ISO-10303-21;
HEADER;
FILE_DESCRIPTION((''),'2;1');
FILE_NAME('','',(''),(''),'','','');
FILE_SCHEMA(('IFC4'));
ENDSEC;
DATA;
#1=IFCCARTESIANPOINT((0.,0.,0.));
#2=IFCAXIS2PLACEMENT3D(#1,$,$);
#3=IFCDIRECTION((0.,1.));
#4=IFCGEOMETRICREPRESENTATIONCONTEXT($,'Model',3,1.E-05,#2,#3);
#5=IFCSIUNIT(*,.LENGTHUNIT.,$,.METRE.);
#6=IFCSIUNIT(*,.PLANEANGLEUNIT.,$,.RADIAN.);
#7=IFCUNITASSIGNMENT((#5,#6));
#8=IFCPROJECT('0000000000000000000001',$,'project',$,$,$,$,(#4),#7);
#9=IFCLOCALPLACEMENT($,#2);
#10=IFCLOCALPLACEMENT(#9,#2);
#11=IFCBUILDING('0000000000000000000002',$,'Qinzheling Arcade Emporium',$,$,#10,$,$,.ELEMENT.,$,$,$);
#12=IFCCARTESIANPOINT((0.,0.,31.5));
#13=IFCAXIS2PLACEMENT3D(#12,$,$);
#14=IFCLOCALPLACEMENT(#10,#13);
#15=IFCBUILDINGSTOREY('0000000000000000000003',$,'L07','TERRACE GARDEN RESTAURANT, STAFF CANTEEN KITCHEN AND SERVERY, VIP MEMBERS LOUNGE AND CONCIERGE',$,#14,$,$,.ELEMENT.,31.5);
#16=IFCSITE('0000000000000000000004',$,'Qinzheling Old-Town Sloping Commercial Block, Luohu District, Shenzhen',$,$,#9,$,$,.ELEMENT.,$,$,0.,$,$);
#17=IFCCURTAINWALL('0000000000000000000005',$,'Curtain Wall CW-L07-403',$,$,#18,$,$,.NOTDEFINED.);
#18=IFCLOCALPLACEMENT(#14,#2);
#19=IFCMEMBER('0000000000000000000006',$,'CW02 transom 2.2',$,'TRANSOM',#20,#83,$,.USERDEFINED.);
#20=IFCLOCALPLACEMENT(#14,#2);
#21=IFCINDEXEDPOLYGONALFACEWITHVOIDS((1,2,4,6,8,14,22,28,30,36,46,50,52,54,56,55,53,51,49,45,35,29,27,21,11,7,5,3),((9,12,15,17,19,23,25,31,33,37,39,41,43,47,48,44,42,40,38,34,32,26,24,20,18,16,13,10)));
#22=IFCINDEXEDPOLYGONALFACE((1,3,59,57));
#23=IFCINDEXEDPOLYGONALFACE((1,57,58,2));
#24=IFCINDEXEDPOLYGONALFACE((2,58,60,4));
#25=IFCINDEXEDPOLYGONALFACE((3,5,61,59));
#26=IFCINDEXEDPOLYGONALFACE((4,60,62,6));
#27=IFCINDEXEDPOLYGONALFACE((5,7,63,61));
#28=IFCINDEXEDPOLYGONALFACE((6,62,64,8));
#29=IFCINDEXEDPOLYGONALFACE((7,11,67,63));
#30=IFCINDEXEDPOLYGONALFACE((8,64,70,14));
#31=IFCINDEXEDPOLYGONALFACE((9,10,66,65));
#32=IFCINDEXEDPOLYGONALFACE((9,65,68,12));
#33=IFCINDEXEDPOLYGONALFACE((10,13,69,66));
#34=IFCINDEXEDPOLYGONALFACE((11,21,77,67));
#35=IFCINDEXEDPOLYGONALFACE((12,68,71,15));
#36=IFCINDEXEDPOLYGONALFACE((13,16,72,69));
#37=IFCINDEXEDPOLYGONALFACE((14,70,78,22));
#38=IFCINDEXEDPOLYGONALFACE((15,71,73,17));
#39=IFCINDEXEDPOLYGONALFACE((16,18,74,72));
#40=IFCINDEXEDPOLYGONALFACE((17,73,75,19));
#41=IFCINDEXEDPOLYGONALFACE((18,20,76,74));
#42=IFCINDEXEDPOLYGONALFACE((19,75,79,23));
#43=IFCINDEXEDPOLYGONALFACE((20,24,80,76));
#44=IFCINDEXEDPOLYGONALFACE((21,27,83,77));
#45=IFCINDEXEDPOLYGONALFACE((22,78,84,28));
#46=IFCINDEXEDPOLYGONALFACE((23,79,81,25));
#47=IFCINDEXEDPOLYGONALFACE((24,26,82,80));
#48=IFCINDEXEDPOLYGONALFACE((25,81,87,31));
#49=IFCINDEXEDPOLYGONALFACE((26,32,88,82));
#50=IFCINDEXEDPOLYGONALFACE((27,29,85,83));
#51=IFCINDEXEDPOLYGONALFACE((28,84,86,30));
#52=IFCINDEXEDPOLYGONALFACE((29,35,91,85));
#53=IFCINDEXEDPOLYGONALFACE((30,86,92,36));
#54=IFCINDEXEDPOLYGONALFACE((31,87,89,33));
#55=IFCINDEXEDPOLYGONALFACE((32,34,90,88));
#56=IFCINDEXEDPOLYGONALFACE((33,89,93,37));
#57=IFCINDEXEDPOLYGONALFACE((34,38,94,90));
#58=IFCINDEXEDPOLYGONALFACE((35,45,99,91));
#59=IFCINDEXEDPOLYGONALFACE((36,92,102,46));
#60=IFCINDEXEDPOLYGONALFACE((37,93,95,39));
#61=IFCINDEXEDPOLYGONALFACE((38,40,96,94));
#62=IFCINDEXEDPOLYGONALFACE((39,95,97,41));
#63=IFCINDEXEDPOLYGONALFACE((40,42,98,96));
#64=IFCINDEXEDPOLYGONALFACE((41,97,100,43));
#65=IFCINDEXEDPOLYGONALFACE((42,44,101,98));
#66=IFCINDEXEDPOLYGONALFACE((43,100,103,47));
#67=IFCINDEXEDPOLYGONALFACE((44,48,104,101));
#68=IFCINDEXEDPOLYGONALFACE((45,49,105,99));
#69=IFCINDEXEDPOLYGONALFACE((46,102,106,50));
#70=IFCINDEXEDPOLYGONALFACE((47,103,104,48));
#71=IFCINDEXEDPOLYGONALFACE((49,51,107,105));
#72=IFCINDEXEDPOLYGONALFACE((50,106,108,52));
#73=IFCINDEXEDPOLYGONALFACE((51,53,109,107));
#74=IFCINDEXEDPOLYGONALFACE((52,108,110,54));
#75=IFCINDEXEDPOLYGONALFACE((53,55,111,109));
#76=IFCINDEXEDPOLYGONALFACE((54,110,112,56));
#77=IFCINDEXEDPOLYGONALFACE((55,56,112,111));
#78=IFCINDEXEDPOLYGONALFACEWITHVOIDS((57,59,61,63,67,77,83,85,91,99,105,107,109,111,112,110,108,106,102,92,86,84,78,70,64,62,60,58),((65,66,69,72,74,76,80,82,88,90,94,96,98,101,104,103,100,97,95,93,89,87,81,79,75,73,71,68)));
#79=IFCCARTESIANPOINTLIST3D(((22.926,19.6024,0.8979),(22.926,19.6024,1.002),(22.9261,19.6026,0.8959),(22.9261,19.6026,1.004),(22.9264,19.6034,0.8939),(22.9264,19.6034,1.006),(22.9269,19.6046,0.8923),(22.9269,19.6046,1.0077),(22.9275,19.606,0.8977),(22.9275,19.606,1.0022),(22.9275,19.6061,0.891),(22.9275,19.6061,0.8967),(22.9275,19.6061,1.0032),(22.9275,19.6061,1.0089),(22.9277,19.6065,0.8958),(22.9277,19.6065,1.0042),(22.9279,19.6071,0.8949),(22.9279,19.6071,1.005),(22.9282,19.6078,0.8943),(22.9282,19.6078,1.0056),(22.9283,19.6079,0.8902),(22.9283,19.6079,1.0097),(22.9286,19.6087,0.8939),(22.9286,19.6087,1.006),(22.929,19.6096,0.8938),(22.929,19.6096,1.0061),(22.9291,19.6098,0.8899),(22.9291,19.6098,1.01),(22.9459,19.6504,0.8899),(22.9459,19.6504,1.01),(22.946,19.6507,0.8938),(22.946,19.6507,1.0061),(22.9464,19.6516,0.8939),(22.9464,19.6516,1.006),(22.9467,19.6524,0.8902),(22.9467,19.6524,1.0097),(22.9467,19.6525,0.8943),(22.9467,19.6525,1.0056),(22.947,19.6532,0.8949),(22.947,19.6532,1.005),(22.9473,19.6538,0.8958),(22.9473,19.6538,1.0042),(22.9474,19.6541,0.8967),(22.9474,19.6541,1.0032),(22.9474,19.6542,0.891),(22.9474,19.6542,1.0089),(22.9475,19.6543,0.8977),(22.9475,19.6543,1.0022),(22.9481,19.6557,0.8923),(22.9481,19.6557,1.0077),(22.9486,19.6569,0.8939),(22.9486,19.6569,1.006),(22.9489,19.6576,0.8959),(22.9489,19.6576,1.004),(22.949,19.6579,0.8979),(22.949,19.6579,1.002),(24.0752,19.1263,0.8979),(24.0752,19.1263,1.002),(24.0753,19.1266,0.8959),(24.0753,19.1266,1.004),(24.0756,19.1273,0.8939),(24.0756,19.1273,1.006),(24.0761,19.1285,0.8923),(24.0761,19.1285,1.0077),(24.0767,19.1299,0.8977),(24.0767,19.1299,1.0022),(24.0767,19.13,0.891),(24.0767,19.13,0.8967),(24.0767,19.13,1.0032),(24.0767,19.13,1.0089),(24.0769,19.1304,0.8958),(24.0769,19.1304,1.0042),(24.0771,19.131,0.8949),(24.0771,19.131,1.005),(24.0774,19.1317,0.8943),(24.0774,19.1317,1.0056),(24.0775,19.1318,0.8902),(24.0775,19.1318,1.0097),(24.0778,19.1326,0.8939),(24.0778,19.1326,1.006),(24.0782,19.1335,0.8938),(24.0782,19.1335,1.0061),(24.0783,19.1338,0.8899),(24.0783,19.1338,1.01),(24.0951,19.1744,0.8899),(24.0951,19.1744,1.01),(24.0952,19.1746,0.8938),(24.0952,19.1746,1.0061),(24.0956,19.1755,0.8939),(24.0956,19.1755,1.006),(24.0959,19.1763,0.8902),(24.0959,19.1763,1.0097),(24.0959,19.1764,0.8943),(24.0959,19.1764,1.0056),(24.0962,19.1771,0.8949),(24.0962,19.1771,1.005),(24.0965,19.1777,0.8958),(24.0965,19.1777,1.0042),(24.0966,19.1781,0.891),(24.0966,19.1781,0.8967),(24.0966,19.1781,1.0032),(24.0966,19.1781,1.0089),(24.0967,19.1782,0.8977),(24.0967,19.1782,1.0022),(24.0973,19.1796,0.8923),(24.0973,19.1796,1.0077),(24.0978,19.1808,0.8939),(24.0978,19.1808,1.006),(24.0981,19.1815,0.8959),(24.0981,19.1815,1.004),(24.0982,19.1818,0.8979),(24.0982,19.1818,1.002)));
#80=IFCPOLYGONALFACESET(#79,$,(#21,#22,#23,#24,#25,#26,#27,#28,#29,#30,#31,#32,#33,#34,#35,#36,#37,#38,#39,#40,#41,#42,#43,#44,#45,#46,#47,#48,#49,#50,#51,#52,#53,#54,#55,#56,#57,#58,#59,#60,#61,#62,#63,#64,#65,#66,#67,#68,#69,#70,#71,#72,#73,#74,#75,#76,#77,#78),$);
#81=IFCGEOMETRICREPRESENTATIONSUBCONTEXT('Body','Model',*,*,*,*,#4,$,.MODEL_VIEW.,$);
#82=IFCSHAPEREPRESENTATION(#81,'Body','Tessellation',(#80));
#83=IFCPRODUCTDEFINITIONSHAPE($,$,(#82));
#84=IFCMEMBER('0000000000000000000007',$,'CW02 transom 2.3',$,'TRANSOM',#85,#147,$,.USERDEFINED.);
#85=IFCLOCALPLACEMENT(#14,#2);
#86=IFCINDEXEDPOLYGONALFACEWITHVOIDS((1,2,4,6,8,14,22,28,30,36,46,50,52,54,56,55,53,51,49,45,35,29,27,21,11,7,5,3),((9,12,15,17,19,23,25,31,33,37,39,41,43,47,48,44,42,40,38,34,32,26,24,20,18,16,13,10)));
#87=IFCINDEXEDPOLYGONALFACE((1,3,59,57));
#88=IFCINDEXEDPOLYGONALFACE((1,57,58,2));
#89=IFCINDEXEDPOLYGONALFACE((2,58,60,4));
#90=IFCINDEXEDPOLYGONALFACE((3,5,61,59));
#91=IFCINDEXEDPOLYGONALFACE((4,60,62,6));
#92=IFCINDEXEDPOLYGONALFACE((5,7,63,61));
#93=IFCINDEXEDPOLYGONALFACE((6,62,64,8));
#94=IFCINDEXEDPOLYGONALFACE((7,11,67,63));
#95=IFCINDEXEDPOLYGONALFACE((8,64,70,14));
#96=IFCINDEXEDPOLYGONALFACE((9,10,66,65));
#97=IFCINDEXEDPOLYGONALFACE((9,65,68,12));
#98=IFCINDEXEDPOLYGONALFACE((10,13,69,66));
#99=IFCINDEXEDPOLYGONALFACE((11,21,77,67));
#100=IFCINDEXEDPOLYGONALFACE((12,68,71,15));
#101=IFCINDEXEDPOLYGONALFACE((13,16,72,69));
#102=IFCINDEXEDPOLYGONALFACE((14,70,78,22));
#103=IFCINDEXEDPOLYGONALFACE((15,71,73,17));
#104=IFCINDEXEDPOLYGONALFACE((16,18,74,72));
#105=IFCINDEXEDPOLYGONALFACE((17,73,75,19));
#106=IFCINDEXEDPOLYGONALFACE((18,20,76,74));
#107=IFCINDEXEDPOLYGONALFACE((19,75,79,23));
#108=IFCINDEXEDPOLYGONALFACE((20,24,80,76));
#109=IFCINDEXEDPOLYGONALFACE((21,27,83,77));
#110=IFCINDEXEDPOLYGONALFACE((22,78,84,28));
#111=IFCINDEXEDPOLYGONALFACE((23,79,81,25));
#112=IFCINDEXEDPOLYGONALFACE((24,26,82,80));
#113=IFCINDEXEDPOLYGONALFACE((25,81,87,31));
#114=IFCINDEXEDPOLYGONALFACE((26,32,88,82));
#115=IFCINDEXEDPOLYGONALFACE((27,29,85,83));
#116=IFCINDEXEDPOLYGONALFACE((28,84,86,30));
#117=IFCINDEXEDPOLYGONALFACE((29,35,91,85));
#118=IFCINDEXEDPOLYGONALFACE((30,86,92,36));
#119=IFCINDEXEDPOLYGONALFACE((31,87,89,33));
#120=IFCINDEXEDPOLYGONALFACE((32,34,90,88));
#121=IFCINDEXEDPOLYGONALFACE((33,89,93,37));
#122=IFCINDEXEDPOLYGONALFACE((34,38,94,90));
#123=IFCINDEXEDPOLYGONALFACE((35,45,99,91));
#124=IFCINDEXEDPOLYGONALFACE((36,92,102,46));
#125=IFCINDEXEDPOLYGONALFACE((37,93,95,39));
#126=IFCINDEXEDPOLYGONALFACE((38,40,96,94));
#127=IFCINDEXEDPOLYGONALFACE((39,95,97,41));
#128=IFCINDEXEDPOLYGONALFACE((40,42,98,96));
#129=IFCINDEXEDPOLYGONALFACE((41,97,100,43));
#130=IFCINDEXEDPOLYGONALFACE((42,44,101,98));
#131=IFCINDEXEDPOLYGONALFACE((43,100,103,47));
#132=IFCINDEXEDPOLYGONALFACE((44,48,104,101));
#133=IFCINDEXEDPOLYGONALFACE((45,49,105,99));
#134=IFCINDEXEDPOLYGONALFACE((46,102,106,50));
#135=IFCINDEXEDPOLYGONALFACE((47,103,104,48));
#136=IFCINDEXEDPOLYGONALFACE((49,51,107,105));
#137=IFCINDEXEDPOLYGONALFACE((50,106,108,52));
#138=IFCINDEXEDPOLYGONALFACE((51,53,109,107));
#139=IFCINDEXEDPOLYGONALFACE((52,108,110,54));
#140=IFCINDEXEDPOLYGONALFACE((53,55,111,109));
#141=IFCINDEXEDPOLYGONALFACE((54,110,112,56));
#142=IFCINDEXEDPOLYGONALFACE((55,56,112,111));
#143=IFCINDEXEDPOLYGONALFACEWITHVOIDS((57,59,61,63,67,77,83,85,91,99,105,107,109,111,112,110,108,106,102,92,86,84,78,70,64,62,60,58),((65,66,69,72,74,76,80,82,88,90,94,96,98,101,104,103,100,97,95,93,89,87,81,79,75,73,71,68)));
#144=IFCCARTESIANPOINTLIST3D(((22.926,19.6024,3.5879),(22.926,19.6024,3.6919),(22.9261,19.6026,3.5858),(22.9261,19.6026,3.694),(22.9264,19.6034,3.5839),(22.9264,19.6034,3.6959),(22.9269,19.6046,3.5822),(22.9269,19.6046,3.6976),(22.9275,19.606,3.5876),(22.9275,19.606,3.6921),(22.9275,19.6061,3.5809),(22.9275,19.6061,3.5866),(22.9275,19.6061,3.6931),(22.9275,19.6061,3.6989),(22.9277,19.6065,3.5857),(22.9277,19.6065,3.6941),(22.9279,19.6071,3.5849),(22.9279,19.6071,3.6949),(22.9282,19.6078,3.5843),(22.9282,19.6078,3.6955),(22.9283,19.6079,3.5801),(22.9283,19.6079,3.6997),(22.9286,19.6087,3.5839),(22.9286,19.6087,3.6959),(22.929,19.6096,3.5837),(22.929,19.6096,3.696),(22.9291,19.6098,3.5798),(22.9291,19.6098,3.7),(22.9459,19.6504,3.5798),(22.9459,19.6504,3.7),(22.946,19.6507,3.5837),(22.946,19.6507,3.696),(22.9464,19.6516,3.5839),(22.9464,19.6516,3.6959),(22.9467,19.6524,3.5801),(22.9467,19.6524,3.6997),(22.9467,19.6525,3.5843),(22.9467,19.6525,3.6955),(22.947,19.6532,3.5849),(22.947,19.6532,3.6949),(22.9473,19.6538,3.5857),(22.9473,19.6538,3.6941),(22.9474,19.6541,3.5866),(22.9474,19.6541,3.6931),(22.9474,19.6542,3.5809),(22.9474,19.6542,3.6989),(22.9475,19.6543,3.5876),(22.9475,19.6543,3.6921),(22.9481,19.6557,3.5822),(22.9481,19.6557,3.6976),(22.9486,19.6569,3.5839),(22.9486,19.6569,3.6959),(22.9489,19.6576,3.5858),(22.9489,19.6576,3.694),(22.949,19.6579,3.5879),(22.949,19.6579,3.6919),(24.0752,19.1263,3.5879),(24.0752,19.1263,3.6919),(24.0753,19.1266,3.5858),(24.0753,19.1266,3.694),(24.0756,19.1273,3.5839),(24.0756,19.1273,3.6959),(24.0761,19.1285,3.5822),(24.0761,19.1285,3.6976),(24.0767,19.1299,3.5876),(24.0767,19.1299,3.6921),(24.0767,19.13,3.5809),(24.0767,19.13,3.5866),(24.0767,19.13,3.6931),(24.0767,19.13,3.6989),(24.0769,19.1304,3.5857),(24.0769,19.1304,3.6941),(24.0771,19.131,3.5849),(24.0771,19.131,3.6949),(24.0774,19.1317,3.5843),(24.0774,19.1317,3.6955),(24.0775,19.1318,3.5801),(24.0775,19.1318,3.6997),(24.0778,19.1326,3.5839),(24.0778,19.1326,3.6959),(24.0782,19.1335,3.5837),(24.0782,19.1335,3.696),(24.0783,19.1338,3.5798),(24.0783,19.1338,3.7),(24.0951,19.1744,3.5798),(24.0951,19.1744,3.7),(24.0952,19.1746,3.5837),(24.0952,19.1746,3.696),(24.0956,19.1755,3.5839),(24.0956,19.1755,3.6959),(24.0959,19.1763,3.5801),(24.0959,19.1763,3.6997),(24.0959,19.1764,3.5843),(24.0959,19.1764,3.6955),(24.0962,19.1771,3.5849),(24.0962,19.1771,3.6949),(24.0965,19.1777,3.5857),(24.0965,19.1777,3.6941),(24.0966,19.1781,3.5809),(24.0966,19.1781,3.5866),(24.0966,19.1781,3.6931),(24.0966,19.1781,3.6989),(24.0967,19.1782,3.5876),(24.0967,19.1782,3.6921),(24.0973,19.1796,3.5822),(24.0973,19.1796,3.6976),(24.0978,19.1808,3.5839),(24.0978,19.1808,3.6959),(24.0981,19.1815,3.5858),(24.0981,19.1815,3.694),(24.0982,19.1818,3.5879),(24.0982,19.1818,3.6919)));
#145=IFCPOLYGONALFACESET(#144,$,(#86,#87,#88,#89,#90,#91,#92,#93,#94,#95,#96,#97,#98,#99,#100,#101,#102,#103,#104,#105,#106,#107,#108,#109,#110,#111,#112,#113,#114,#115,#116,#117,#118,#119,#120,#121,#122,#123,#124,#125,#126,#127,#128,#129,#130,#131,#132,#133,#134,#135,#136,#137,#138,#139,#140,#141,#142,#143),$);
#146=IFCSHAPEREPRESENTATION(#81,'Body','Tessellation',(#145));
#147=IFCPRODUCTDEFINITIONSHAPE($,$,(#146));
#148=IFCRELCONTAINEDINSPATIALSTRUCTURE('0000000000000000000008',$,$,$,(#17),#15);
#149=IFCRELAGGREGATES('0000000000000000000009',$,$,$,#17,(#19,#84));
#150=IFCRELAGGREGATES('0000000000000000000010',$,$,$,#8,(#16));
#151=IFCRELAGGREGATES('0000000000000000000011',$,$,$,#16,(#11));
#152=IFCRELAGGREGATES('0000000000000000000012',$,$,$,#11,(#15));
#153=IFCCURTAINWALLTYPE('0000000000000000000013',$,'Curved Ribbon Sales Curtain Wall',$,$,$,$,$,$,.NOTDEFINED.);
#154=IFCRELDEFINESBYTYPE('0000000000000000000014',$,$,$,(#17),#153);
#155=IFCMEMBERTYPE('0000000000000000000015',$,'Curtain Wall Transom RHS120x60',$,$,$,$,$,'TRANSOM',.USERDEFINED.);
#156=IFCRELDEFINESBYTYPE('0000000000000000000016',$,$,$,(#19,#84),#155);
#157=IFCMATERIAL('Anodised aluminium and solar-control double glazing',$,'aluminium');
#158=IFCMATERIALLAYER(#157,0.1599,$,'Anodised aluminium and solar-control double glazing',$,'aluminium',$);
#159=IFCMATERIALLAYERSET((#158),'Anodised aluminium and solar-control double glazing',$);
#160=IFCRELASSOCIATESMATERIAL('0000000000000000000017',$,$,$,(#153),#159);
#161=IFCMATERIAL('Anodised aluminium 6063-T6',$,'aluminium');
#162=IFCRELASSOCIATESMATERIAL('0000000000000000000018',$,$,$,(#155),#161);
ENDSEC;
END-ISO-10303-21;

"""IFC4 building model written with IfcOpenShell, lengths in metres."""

from ifc_helpers import new_model, si_unit, direction, frame, origin, origin_2d, place, context, subcontext, project, spatial, hollow_rectangle, extrude, material, layer, layer_set, material_profile, profile_set, type_object, element, aggregate, save


model = new_model("IFC4")

# Units and contexts
model_context = context("Model", 3, precision=1e-05, world=origin(), true_north=direction((0.0, 1.0)))
body_context = subcontext(model_context, "Body", "Model", "MODEL_VIEW")
ifc_project = project(units=[si_unit("LENGTHUNIT", "METRE"), si_unit("PLANEANGLEUNIT", "RADIAN")], contexts=[model_context])

# Site, building, storey
site_placement = place(None, origin())
site = spatial("IfcSite", under=ifc_project, at=site_placement, Name="Qinzheling Old-Town Sloping Commercial Block, Luohu District, Shenzhen", CompositionType="ELEMENT", RefElevation=0.0)
building_placement = place(site_placement, origin())
building = spatial("IfcBuilding", under=site, at=building_placement, Name="Qinzheling Arcade Emporium", CompositionType="ELEMENT")
storey_placement = place(building_placement, frame((0.0, 0.0, 31.5)))
storey = spatial("IfcBuildingStorey", under=building, at=storey_placement, Name="L07", Description="TERRACE GARDEN RESTAURANT, STAFF CANTEEN KITCHEN AND SERVERY, VIP MEMBERS LOUNGE AND CONCIERGE", CompositionType="ELEMENT", Elevation=31.5)

# Curtain wall
ifc_material_1 = material(Name="Anodised aluminium and solar-control double glazing", Category="aluminium")
ifc_layer_1 = layer(ifc_material_1, 0.1599, Name="Anodised aluminium and solar-control double glazing", Category="aluminium")
ifc_layer_set_1 = layer_set([ifc_layer_1], Name="Anodised aluminium and solar-control double glazing")
curtain_wall_type = type_object("IfcCurtainWallType", Name="Curved Ribbon Sales Curtain Wall", PredefinedType="NOTDEFINED", material=ifc_layer_set_1)
curtain_wall_1_placement = place(storey_placement, origin())
curtain_wall_1 = element("IfcCurtainWall", 1, at=curtain_wall_1_placement, inside=storey, type_object=curtain_wall_type, Name="Curtain Wall CW-L07-403", PredefinedType="NOTDEFINED")
ifc_material_2 = material(Name="Anodised aluminium 6063-T6", Category="aluminium")

# Members
ifc_material_profile_1 = material_profile(ifc_material_2, hollow_rectangle(XDim=0.0601, YDim=0.1201, WallThickness=0.0039, InnerFilletRadius=0.0039, OuterFilletRadius=0.0081, at=origin_2d()), Name="RHS 120x60x4", Category="aluminium")
ifc_profile_set_1 = profile_set([ifc_material_profile_1], Name="Anodised aluminium 6063-T6")
member_type_1 = type_object("IfcMemberType", Name="Curtain Wall Transom RHS120x60", ElementType="TRANSOM", PredefinedType="USERDEFINED", material=ifc_profile_set_1)
member_1_placement = place(storey_placement, frame((24.0867, 19.1541, 0.95), z_axis=(-0.923859, 0.382733, 0.0), x_axis=(-0.382733, -0.923859, 0.0)))
member_1 = element("IfcMember", 2, at=member_1_placement, type_object=member_type_1, Name="CW02 transom 2.2", ObjectType="TRANSOM", PredefinedType="USERDEFINED", context=body_context, shape_type="SweptSolid", body=[
    extrude(hollow_rectangle(XDim=0.0601, YDim=0.1201, WallThickness=0.0039, InnerFilletRadius=0.0039, OuterFilletRadius=0.0081, at=origin_2d()), origin(), (0.0, 0.0, 1.0), 1.2439),
])
member_2_placement = place(storey_placement, frame((24.0867, 19.1541, 3.6399), z_axis=(-0.923859, 0.382733, 0.0), x_axis=(-0.382733, -0.923859, 0.0)))
member_2 = element("IfcMember", 3, at=member_2_placement, type_object=member_type_1, Name="CW02 transom 2.3", ObjectType="TRANSOM", PredefinedType="USERDEFINED", context=body_context, shape_type="SweptSolid", body=[
    extrude(hollow_rectangle(XDim=0.0601, YDim=0.1201, WallThickness=0.0039, InnerFilletRadius=0.0039, OuterFilletRadius=0.0081, at=origin_2d()), origin(), (0.0, 0.0, 1.0), 1.2439),
])

aggregate(curtain_wall_1, [member_1, member_2])

save(model, "model.ifc")
